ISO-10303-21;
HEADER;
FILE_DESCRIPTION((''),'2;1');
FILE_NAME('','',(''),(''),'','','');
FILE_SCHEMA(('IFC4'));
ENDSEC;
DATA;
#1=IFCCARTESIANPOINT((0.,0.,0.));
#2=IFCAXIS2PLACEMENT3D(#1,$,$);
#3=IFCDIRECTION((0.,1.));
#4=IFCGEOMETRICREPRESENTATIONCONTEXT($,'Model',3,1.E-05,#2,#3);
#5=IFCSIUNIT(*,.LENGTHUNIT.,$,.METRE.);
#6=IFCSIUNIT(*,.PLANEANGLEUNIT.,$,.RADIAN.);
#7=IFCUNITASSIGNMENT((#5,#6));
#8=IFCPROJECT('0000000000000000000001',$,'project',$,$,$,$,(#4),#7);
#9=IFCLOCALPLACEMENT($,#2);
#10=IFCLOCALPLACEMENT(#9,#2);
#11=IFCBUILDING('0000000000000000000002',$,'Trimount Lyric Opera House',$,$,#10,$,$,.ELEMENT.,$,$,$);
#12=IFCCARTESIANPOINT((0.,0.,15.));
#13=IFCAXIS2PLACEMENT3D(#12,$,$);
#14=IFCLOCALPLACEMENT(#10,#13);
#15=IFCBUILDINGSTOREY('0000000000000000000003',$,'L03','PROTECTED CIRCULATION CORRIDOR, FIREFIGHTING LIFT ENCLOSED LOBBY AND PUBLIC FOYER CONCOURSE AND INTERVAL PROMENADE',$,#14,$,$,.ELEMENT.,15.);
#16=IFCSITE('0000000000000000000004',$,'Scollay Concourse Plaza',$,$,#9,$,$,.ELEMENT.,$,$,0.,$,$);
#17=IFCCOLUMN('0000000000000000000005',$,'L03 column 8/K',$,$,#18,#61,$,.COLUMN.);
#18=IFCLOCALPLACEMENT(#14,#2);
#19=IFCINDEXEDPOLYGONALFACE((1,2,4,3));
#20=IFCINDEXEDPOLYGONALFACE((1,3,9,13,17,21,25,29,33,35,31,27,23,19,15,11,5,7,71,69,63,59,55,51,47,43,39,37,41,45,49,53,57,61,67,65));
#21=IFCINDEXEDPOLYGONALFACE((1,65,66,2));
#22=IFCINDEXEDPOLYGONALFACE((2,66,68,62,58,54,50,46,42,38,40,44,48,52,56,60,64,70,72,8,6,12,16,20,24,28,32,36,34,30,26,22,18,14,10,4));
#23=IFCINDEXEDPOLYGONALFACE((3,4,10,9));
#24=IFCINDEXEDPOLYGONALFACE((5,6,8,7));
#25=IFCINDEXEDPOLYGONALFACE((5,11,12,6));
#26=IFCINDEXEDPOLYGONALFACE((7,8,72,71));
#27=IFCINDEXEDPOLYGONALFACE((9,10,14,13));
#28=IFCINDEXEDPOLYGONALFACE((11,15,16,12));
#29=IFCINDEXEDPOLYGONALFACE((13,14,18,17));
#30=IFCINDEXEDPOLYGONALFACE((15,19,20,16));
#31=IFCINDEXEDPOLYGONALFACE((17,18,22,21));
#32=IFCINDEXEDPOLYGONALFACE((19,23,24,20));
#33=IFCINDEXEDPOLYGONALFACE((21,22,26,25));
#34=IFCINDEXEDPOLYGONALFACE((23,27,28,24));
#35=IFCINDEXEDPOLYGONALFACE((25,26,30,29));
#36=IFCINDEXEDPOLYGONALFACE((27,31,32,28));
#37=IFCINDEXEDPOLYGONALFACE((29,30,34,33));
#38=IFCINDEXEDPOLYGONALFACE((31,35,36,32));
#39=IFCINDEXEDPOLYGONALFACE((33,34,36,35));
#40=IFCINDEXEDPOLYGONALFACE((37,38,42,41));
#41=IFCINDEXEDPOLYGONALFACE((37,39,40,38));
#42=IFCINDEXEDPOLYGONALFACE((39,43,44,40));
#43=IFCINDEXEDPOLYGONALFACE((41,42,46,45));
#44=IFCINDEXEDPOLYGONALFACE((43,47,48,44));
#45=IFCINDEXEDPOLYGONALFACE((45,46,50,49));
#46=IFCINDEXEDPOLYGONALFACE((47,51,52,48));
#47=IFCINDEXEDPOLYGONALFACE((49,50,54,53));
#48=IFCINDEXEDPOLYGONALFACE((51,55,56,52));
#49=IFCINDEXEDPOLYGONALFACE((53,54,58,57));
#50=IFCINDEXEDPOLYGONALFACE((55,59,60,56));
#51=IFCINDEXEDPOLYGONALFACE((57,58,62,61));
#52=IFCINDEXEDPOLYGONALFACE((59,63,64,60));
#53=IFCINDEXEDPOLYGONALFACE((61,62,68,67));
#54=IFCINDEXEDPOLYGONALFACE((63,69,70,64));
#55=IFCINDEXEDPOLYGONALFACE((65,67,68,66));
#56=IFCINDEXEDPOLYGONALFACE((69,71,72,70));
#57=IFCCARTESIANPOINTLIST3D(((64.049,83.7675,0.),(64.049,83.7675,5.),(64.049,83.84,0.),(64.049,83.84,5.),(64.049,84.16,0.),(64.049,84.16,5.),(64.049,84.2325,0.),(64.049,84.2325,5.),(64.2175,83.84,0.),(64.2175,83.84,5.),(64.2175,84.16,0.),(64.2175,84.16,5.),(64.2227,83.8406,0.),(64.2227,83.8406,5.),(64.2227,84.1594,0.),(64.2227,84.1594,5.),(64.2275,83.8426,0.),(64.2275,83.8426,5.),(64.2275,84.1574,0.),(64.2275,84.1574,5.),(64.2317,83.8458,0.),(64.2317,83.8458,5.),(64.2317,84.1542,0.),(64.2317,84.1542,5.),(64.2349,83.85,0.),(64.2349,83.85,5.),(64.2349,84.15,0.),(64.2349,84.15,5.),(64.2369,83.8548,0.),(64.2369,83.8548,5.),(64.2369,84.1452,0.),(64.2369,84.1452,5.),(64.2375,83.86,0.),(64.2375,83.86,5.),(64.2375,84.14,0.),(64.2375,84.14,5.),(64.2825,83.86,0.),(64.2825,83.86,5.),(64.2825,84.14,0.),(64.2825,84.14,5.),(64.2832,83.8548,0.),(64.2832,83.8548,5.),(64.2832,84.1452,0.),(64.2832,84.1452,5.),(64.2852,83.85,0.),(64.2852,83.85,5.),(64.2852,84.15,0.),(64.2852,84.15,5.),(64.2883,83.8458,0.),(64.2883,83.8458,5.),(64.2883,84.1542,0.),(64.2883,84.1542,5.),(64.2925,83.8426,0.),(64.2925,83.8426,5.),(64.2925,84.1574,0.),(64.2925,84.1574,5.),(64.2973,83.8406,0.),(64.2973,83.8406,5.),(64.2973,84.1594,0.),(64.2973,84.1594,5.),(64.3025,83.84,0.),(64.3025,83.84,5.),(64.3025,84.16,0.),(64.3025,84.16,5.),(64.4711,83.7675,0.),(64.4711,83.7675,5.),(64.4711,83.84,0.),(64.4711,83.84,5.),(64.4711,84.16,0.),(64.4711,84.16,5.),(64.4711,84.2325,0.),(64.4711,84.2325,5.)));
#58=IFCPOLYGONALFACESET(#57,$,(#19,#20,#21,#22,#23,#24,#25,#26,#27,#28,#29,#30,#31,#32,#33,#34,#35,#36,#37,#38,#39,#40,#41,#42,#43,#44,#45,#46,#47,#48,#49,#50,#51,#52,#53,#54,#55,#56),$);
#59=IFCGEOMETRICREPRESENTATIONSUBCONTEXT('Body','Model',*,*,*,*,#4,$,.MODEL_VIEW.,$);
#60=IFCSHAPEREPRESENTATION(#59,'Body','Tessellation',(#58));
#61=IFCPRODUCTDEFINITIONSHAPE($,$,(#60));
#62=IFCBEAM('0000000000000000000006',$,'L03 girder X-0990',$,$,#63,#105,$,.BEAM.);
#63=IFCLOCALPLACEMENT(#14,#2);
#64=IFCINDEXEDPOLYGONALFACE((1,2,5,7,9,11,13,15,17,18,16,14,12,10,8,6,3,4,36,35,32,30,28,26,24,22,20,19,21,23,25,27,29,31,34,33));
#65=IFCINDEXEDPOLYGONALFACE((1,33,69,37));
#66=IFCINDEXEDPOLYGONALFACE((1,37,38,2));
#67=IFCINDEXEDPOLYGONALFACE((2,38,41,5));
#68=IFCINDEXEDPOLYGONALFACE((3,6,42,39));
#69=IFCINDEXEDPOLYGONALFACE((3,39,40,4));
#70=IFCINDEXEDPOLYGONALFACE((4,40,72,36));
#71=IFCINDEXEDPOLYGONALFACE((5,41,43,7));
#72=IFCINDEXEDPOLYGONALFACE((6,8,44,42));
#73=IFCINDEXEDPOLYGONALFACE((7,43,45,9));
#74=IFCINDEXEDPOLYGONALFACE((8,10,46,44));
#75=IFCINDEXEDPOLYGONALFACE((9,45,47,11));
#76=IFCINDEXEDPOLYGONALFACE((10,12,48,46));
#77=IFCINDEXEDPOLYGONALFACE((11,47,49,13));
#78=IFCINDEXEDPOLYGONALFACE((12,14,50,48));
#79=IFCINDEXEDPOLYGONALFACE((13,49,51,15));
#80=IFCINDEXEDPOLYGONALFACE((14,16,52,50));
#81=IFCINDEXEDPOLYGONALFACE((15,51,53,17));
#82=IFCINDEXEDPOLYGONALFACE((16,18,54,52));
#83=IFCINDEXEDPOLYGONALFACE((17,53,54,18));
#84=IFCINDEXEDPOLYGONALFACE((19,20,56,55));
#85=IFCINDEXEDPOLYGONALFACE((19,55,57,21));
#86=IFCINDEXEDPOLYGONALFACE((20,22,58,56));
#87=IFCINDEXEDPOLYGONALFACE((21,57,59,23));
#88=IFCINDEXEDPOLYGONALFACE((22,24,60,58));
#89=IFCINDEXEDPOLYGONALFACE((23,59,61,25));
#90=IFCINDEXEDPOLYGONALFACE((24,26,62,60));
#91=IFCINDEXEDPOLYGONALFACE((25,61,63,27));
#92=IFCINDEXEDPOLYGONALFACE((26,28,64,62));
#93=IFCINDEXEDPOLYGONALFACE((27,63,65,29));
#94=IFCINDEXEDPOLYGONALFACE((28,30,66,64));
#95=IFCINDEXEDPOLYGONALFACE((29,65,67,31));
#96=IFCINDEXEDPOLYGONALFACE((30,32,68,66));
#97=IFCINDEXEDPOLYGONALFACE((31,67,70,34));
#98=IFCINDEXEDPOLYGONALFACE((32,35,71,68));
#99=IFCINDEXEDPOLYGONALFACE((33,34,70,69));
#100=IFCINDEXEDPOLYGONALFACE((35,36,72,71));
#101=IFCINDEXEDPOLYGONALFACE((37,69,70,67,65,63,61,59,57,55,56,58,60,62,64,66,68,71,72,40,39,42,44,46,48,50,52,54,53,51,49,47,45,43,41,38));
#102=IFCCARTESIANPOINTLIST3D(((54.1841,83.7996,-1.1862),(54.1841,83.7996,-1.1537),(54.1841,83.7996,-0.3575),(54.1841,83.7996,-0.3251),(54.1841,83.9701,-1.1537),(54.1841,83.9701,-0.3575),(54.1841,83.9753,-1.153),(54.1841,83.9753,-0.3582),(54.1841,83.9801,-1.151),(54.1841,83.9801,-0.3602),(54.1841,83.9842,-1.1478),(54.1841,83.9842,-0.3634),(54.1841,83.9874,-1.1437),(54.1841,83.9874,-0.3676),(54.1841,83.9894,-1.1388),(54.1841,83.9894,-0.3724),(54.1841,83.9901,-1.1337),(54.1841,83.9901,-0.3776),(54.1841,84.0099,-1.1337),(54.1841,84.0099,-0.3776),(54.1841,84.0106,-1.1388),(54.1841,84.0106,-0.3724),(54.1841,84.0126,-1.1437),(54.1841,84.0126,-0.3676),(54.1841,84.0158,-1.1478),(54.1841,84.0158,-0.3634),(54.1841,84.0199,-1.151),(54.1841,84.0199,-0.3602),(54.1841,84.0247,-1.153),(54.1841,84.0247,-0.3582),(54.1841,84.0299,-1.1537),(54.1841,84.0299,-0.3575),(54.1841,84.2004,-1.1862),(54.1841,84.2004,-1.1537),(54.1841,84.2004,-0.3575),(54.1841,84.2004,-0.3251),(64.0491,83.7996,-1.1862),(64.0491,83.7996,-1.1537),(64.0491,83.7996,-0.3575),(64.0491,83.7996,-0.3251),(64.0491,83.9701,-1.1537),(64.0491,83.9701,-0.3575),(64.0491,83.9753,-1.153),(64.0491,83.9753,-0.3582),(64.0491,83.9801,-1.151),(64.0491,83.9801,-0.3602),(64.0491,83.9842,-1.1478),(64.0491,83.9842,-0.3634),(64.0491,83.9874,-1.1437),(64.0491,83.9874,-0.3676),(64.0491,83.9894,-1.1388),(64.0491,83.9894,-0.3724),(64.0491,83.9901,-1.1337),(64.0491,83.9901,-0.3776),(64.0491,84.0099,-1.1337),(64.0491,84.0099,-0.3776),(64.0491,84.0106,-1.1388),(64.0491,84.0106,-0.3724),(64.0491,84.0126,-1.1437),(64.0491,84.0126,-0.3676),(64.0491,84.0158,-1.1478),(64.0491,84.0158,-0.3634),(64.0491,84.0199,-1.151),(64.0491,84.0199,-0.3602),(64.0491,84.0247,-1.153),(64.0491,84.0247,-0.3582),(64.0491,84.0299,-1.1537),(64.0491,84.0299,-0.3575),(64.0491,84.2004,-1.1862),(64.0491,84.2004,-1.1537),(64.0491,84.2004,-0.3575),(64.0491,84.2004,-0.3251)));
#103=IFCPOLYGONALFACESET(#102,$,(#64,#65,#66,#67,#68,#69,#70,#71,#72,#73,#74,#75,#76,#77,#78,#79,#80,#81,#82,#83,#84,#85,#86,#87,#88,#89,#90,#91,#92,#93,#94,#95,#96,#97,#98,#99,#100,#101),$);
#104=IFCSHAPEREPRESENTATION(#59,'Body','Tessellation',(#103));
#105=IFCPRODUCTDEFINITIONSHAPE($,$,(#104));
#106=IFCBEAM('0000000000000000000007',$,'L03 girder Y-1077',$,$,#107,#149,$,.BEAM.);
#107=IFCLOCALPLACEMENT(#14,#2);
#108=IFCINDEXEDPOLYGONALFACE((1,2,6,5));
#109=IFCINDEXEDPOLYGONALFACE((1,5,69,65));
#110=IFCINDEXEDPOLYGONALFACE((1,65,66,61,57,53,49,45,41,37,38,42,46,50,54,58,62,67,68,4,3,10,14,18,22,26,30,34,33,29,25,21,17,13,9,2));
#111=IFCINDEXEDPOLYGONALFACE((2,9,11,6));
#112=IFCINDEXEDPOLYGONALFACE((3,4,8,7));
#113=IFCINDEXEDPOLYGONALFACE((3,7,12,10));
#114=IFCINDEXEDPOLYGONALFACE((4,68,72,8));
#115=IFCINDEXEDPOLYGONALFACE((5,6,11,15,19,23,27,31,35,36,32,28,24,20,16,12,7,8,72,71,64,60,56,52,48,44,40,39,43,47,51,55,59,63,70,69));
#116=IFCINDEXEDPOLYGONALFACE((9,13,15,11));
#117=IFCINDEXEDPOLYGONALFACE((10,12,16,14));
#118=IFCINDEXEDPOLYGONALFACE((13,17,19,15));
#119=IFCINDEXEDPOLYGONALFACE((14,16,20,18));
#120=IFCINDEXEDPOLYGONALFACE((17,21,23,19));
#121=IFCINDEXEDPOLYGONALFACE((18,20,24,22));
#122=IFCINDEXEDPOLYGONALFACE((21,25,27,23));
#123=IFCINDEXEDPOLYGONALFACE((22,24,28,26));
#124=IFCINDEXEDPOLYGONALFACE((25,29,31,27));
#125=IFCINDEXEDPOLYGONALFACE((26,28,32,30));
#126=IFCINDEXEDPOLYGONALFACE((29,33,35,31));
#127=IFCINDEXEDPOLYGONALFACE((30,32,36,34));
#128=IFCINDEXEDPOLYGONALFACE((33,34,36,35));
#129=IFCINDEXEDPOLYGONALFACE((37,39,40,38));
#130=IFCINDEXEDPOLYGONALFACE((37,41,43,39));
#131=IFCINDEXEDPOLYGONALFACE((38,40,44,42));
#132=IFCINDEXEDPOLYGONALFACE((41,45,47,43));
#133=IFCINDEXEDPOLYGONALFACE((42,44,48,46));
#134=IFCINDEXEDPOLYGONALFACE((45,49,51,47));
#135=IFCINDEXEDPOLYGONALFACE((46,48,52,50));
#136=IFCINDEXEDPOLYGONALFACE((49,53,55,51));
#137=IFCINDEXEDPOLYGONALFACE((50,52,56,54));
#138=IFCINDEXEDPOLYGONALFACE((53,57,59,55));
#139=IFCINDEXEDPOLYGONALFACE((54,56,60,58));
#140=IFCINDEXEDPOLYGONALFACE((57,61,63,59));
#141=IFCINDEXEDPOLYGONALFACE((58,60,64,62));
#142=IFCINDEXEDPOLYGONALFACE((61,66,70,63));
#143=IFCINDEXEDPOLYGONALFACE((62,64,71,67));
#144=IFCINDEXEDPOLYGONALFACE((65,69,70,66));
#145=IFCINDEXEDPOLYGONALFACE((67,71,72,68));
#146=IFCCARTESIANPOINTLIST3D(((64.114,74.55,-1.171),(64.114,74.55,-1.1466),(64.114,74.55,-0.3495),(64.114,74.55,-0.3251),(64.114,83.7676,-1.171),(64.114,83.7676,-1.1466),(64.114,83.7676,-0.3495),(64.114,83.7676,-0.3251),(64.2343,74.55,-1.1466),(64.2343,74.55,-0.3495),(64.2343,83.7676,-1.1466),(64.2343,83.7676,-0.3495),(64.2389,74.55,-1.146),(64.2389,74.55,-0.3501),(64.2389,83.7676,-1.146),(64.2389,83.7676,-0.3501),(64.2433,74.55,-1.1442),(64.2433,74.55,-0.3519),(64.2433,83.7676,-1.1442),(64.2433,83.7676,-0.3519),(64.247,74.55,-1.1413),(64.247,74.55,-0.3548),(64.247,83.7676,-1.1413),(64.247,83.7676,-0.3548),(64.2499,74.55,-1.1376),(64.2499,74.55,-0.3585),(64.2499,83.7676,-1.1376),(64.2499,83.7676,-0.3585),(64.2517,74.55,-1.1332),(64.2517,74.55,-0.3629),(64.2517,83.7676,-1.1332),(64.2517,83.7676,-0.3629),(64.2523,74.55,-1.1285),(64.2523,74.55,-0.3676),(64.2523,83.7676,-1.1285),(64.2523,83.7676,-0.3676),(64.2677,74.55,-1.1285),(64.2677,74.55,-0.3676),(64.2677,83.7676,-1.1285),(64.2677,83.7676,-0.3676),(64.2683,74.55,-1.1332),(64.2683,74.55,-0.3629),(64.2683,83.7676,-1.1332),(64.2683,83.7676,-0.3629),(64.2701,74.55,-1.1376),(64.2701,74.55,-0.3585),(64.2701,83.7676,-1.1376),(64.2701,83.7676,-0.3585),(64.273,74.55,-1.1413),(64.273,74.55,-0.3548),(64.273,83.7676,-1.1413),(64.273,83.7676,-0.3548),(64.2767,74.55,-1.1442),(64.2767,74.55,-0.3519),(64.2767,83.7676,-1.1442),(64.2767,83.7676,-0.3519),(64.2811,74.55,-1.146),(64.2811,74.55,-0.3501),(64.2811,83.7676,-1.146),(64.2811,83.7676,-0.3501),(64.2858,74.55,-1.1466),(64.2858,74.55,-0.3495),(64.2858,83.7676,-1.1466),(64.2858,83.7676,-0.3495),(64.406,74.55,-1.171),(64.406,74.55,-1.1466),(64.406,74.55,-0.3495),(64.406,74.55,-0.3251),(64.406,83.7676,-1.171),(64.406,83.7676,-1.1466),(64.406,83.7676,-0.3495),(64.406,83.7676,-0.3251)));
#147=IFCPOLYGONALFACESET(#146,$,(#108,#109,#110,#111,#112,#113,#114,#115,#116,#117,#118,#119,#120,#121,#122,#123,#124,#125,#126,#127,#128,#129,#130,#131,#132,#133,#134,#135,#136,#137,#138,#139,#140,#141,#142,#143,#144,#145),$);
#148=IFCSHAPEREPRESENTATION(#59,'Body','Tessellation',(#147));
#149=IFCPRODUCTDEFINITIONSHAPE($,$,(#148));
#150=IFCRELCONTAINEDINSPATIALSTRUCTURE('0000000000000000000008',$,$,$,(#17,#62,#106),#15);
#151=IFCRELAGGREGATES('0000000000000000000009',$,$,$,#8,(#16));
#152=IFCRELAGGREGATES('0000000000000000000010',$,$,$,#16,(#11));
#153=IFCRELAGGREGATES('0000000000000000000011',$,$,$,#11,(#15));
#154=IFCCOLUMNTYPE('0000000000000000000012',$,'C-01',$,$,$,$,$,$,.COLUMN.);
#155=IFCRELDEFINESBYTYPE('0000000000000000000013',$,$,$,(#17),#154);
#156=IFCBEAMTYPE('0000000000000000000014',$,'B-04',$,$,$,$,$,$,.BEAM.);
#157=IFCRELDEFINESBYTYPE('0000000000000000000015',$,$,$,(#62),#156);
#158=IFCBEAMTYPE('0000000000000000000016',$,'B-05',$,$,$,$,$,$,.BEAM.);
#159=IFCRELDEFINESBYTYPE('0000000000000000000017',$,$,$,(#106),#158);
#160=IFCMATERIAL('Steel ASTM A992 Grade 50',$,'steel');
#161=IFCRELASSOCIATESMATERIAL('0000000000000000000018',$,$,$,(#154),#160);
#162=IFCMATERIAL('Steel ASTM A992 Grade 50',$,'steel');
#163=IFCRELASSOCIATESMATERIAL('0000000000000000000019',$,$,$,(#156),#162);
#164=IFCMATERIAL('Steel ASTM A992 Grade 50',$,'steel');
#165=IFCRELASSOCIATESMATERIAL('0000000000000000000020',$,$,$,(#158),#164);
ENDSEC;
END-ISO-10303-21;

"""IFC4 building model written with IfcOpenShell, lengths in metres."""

from ifc_helpers import new_model, si_unit, direction, frame, origin, origin_2d, place, context, subcontext, project, spatial, i_section, extrude, material, material_profile, profile_set, type_object, element, save


model = new_model("IFC4")

# Units and contexts
model_context = context("Model", 3, precision=1e-05, world=origin(), true_north=direction((0.0, 1.0)))
body_context = subcontext(model_context, "Body", "Model", "MODEL_VIEW")
ifc_project = project(units=[si_unit("LENGTHUNIT", "METRE"), si_unit("PLANEANGLEUNIT", "RADIAN")], contexts=[model_context])

# Site, building, storey
site_placement = place(None, origin())
site = spatial("IfcSite", under=ifc_project, at=site_placement, Name="Scollay Concourse Plaza", CompositionType="ELEMENT", RefElevation=0.0)
building_placement = place(site_placement, origin())
building = spatial("IfcBuilding", under=site, at=building_placement, Name="Trimount Lyric Opera House", CompositionType="ELEMENT")
storey_placement = place(building_placement, frame((0.0, 0.0, 15.0)))
storey = spatial("IfcBuildingStorey", under=building, at=storey_placement, Name="L03", Description="PROTECTED CIRCULATION CORRIDOR, FIREFIGHTING LIFT ENCLOSED LOBBY AND PUBLIC FOYER CONCOURSE AND INTERVAL PROMENADE", CompositionType="ELEMENT", Elevation=15.0)

# Column
ifc_material_1 = material(Name="Steel ASTM A992 Grade 50", Category="steel")
ifc_material_profile_1 = material_profile(ifc_material_1, i_section(OverallWidth=0.4221, OverallDepth=0.4651, WebThickness=0.0449, FlangeThickness=0.0725, FilletRadius=0.02, at=origin_2d()), Name="W14X398")
ifc_profile_set_1 = profile_set([ifc_material_profile_1], Name="Steel ASTM A992 Grade 50")
column_type = type_object("IfcColumnType", Name="C-01", PredefinedType="COLUMN", material=ifc_profile_set_1)
column_placement = place(storey_placement, frame((64.26, 84.0, 0.0), z_axis=(0.0, 0.0, 1.0), x_axis=(1.0, 0.0, 0.0)))
element("IfcColumn", 1, at=column_placement, inside=storey, type_object=column_type, Name="L03 column 8/K", PredefinedType="COLUMN", context=body_context, shape_type="SweptSolid", body=[
    extrude(i_section(OverallWidth=0.4221, OverallDepth=0.4651, WebThickness=0.0449, FlangeThickness=0.0725, FilletRadius=0.02, at=origin_2d()), origin(), (0.0, 0.0, 1.0), 5.0),
])

# Beams
ifc_material_2 = material(Name="Steel ASTM A992 Grade 50", Category="steel")
ifc_material_profile_2 = material_profile(ifc_material_2, i_section(OverallWidth=0.4009, OverallDepth=0.8611, WebThickness=0.0198, FlangeThickness=0.0325, FilletRadius=0.02, at=origin_2d()), Name="W33X221")
ifc_profile_set_2 = profile_set([ifc_material_profile_2], Name="Steel ASTM A992 Grade 50")
beam_type_1 = type_object("IfcBeamType", Name="B-04", PredefinedType="BEAM", material=ifc_profile_set_2)
beam_1_placement = place(storey_placement, frame((54.1841, 84.0, -0.7556), z_axis=(1.0, 0.0, 0.0), x_axis=(0.0, 1.0, 0.0)))
element("IfcBeam", 2, at=beam_1_placement, inside=storey, type_object=beam_type_1, Name="L03 girder X-0990", PredefinedType="BEAM", context=body_context, shape_type="SweptSolid", body=[
    extrude(i_section(OverallWidth=0.4009, OverallDepth=0.8611, WebThickness=0.0198, FlangeThickness=0.0325, FilletRadius=0.02, at=origin_2d()), origin(), (0.0, 0.0, 1.0), 9.865),
])
ifc_material_3 = material(Name="Steel ASTM A992 Grade 50", Category="steel")
ifc_material_profile_3 = material_profile(ifc_material_3, i_section(OverallWidth=0.292, OverallDepth=0.8459, WebThickness=0.0154, FlangeThickness=0.0244, FilletRadius=0.0181, at=origin_2d()), Name="W33X141")
ifc_profile_set_3 = profile_set([ifc_material_profile_3], Name="Steel ASTM A992 Grade 50")
beam_type_2 = type_object("IfcBeamType", Name="B-05", PredefinedType="BEAM", material=ifc_profile_set_3)
beam_2_placement = place(storey_placement, frame((64.26, 74.55, -0.748), z_axis=(0.0, 1.0, 0.0), x_axis=(-1.0, 0.0, 0.0)))
element("IfcBeam", 3, at=beam_2_placement, inside=storey, type_object=beam_type_2, Name="L03 girder Y-1077", PredefinedType="BEAM", context=body_context, shape_type="SweptSolid", body=[
    extrude(i_section(OverallWidth=0.292, OverallDepth=0.8459, WebThickness=0.0154, FlangeThickness=0.0244, FilletRadius=0.0181, at=origin_2d()), origin(), (0.0, 0.0, 1.0), 9.2175),
])

save(model, "model.ifc")
